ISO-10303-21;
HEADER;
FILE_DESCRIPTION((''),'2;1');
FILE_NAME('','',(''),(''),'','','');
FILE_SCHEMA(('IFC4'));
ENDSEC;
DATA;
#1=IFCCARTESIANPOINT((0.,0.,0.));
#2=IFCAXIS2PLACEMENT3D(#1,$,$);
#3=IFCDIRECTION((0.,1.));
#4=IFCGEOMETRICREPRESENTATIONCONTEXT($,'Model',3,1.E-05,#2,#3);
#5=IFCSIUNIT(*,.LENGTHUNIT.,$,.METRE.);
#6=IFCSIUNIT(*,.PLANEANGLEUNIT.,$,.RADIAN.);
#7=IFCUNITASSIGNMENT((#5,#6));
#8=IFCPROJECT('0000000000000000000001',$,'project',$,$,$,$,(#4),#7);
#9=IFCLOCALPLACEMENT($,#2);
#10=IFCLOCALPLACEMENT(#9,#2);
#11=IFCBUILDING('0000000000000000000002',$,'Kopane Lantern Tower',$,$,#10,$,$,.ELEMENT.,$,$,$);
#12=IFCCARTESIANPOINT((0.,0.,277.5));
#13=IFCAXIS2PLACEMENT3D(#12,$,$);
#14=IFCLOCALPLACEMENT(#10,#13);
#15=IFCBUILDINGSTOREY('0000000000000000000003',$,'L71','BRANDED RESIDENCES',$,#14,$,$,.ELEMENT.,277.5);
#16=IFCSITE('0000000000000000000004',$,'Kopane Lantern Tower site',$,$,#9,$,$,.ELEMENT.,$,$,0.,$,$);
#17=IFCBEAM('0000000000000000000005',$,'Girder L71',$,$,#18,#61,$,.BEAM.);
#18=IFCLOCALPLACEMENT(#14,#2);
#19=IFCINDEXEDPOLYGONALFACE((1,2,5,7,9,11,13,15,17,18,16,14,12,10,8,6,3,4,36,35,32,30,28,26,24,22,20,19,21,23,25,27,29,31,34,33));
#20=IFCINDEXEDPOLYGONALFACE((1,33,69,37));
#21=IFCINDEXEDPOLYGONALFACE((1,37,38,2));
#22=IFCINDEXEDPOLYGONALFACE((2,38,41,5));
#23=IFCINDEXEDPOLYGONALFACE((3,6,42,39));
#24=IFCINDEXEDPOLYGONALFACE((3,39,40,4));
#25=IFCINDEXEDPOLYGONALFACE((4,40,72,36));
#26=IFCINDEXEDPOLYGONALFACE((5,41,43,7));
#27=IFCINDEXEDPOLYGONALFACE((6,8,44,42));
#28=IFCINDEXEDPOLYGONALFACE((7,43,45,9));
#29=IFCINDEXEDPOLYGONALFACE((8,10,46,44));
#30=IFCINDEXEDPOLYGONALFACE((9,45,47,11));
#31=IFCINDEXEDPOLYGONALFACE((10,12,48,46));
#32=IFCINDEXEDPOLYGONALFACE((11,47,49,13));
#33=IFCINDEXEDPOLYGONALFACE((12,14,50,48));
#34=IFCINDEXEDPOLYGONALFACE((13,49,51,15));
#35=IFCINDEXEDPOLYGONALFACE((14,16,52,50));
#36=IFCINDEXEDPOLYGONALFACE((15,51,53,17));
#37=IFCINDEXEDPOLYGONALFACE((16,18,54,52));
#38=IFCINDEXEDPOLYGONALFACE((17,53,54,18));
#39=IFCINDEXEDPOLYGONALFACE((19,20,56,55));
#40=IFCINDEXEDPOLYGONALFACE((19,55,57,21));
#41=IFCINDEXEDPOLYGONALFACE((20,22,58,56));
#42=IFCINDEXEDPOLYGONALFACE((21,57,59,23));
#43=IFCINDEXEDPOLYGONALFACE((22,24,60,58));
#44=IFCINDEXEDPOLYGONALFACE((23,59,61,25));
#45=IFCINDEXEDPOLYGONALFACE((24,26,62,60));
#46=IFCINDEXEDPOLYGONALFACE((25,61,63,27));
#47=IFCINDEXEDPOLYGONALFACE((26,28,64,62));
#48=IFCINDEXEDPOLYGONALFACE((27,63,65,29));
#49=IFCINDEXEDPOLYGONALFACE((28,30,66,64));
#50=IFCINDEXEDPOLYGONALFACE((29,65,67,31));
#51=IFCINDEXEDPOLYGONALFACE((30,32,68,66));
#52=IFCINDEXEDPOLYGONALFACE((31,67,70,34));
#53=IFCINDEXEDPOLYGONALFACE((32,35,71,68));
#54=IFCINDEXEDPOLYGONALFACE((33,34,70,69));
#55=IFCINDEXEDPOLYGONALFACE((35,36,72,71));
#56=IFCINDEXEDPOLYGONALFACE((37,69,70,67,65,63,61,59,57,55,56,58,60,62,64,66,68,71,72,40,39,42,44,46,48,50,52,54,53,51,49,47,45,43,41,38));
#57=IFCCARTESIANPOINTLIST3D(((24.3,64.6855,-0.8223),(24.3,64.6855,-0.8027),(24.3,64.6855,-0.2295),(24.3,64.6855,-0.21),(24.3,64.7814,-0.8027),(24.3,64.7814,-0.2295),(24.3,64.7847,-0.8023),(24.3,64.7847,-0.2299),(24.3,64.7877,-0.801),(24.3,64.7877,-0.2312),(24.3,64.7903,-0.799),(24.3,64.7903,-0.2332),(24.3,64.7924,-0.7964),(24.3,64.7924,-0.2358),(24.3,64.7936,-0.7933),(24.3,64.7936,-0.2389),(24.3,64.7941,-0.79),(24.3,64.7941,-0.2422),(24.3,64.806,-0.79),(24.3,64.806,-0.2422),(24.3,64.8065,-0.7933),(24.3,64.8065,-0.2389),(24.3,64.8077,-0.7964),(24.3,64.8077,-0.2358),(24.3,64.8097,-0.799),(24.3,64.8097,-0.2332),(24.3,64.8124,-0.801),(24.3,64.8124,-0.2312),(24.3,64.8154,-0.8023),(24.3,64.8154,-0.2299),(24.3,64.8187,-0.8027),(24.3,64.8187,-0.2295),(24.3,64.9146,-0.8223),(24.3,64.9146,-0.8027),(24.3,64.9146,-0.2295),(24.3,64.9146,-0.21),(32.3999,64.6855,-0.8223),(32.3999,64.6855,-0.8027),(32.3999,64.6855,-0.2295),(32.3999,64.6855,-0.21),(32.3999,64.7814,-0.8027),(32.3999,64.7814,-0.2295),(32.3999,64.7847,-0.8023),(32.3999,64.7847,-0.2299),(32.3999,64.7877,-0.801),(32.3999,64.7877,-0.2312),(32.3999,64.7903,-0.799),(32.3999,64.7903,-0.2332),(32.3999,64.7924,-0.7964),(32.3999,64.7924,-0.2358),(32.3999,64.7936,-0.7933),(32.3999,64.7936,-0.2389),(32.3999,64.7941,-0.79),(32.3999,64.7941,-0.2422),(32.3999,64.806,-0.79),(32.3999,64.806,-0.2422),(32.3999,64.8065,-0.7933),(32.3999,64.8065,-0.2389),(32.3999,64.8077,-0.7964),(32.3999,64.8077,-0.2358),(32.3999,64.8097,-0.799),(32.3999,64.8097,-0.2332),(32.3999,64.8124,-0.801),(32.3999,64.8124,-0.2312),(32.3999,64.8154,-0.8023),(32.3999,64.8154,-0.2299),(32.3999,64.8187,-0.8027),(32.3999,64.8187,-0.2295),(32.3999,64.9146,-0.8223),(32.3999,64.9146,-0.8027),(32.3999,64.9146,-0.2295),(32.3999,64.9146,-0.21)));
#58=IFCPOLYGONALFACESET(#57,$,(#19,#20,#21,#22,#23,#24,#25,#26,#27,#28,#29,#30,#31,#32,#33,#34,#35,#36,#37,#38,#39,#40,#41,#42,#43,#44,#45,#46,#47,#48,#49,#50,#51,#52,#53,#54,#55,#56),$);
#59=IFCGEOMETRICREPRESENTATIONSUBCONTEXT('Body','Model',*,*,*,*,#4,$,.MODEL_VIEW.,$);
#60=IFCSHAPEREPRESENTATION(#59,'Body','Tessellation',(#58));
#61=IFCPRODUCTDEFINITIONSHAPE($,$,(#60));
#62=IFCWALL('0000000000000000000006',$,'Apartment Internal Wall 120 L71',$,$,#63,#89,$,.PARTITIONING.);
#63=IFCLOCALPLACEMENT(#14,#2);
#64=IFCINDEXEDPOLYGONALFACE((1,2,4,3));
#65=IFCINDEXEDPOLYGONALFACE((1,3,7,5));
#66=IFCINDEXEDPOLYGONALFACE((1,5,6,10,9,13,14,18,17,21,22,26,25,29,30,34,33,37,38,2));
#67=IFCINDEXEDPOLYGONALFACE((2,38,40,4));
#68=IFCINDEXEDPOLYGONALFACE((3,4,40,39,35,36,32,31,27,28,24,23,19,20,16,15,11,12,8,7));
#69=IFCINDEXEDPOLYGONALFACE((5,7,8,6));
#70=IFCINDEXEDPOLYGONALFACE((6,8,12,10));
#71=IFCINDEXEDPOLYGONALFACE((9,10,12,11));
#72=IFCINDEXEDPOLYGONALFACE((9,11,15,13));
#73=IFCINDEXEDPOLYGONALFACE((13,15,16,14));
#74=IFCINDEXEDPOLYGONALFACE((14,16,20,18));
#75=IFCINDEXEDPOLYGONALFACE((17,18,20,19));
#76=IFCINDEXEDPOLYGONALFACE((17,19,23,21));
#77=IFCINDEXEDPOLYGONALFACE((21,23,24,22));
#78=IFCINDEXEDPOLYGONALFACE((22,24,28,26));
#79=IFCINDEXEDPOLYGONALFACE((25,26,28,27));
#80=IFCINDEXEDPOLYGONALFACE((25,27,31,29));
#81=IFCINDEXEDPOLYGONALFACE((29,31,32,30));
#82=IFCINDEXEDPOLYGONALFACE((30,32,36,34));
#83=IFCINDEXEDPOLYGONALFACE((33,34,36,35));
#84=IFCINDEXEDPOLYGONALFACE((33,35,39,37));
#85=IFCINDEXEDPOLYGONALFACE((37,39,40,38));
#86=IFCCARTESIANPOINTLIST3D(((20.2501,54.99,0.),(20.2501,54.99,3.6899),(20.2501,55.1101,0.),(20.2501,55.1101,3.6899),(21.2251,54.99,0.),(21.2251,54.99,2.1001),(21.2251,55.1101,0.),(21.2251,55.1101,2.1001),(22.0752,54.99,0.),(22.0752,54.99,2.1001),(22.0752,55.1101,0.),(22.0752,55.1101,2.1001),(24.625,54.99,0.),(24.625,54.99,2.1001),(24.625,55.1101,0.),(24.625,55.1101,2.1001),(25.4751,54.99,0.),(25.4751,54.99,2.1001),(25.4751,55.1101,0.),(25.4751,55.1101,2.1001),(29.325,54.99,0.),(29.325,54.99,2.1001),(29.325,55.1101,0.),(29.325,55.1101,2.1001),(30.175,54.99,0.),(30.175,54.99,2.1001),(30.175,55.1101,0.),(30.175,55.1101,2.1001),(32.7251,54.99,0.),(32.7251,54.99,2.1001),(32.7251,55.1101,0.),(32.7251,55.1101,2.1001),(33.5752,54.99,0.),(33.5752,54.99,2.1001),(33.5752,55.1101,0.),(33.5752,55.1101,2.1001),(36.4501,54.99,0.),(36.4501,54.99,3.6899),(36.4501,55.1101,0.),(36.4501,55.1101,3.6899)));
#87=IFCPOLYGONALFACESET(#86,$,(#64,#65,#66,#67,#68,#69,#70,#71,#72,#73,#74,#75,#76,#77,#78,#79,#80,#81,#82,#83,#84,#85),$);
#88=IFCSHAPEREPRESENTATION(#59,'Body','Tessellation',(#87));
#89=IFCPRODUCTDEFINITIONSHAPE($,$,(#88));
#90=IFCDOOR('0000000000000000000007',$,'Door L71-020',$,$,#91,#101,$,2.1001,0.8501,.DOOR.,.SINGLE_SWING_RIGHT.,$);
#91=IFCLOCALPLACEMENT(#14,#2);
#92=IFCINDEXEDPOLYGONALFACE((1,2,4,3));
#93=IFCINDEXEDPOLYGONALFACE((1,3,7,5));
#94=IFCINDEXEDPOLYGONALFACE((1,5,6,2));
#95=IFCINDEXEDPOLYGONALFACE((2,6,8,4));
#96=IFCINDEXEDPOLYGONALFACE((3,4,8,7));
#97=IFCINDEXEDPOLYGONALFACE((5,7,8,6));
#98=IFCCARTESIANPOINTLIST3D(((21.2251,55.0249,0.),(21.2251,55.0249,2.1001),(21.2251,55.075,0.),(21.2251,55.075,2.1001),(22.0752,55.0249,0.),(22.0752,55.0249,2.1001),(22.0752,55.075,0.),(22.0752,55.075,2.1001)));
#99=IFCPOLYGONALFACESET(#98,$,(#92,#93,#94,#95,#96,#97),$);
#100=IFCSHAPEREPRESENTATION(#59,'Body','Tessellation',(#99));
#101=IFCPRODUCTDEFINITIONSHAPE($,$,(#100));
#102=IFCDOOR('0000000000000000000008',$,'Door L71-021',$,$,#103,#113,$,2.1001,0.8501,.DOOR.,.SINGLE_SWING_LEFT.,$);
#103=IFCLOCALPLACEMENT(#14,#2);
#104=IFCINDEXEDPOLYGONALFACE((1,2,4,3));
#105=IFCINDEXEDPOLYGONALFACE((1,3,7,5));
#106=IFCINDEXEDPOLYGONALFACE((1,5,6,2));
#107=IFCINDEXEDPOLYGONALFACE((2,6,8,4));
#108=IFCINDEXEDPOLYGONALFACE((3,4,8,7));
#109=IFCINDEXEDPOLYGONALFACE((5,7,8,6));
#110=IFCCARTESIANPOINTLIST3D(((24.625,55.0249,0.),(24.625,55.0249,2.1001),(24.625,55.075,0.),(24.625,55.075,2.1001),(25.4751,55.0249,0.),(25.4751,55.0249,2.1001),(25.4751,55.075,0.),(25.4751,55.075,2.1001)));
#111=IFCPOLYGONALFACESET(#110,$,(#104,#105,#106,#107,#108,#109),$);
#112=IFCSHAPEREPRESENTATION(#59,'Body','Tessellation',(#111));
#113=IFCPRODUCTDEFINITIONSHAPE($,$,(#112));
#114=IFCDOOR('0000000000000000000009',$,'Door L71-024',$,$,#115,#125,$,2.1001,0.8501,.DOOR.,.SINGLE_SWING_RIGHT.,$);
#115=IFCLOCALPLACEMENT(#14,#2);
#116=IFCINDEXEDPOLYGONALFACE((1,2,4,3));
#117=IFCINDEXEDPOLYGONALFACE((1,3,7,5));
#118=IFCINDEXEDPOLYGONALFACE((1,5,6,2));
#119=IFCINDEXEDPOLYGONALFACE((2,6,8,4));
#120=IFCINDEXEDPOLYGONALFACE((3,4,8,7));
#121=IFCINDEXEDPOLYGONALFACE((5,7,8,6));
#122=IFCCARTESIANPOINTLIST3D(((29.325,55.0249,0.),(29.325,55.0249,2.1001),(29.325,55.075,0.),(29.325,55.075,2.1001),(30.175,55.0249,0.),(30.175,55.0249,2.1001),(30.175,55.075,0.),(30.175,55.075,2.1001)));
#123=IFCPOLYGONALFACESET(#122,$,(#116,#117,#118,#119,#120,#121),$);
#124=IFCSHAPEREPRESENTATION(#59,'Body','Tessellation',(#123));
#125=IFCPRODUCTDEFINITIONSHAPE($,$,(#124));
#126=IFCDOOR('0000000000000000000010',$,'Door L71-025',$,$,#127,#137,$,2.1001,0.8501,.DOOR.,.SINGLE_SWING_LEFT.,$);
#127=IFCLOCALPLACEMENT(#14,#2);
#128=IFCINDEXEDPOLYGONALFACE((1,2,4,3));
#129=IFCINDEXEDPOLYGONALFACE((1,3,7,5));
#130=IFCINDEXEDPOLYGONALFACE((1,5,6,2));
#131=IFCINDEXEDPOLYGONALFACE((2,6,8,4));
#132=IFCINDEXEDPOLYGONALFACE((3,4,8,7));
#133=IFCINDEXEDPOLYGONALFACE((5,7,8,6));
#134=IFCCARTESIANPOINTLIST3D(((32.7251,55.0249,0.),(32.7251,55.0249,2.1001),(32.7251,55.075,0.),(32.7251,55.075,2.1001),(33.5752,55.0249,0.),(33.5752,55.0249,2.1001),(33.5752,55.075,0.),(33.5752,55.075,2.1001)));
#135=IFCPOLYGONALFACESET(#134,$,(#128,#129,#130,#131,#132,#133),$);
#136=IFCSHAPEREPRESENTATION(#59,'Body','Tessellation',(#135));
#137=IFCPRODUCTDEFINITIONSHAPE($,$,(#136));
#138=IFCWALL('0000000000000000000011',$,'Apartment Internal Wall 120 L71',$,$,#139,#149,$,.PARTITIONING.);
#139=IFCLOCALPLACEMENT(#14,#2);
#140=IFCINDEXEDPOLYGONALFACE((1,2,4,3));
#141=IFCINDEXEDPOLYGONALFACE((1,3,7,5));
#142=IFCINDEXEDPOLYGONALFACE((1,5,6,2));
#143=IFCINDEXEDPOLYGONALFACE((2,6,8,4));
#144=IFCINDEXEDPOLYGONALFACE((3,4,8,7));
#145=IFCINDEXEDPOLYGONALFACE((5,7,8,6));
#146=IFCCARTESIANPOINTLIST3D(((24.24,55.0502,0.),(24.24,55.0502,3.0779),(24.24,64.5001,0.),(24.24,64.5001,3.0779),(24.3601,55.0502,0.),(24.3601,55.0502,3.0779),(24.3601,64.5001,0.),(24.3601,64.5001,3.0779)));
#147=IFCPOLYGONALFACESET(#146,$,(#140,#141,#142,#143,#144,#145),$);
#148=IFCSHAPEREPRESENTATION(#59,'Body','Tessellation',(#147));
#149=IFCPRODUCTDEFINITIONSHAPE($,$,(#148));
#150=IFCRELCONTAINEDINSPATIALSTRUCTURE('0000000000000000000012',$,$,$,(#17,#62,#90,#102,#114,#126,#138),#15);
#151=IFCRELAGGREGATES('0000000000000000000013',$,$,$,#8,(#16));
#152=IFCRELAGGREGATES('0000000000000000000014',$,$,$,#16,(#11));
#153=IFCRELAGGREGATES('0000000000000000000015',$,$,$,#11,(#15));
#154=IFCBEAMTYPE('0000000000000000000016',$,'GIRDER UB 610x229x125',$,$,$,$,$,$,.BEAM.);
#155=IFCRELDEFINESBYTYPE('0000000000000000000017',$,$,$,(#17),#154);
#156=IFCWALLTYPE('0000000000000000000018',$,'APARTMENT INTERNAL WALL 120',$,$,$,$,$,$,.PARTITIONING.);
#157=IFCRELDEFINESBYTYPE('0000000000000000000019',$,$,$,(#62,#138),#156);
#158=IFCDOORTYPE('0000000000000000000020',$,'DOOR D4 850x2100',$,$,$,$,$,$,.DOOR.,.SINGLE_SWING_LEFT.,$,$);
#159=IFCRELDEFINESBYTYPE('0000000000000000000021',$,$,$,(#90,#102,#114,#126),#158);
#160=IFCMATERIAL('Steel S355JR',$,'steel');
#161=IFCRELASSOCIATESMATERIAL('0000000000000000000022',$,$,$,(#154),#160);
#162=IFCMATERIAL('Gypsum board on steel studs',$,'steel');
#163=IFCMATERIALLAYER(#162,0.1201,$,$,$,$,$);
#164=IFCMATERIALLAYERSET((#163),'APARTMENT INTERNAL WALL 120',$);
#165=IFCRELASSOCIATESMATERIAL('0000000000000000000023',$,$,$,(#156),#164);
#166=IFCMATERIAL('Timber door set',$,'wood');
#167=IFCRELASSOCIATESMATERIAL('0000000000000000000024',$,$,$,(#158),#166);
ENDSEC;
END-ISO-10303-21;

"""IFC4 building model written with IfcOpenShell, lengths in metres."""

from ifc_helpers import new_model, si_unit, direction, frame, frame_2d, origin, origin_2d, place, context, subcontext, project, spatial, rectangle, i_section, extrude, material, layer, layer_set, material_profile, profile_set, type_object, element, fill, save


model = new_model("IFC4")

# Units and contexts
model_context = context("Model", 3, precision=1e-05, world=origin(), true_north=direction((0.0, 1.0)))
body_context = subcontext(model_context, "Body", "Model", "MODEL_VIEW")
ifc_project = project(units=[si_unit("LENGTHUNIT", "METRE"), si_unit("PLANEANGLEUNIT", "RADIAN")], contexts=[model_context])

# Site, building, storey
site_placement = place(None, origin())
site = spatial("IfcSite", under=ifc_project, at=site_placement, Name="Kopane Lantern Tower site", CompositionType="ELEMENT", RefElevation=0.0)
building_placement = place(site_placement, origin())
building = spatial("IfcBuilding", under=site, at=building_placement, Name="Kopane Lantern Tower", CompositionType="ELEMENT")
storey_placement = place(building_placement, frame((0.0, 0.0, 277.5)))
storey = spatial("IfcBuildingStorey", under=building, at=storey_placement, Name="L71", Description="BRANDED RESIDENCES", CompositionType="ELEMENT", Elevation=277.5)

# Beam
ifc_material_1 = material(Name="Steel S355JR", Category="steel")
ifc_material_profile_1 = material_profile(ifc_material_1, i_section(OverallWidth=0.229, OverallDepth=0.6123, WebThickness=0.012, FlangeThickness=0.0195, FilletRadius=0.0127, at=origin_2d()), Name="UB 610x229x125")
ifc_profile_set_1 = profile_set([ifc_material_profile_1], Name="Steel S355JR")
beam_type = type_object("IfcBeamType", Name="GIRDER UB 610x229x125", PredefinedType="BEAM", material=ifc_profile_set_1)
for number, where, z_axis, x_axis, name in (
    (1, (24.3, 64.8, -0.5161), (1.0, 0.0, 0.0), (0.0, 1.0, 0.0), "Girder L71"),
):
    element("IfcBeam", number, at=place(storey_placement, frame(where, z_axis=z_axis, x_axis=x_axis)), inside=storey, type_object=beam_type, Name=name, PredefinedType="BEAM", context=body_context, shape_type="SweptSolid", body=[
        extrude(i_section(OverallWidth=0.229, OverallDepth=0.6123, WebThickness=0.012, FlangeThickness=0.0195, FilletRadius=0.0127, at=origin_2d()), origin(), (0.0, 0.0, 1.0), 8.0999),
    ])

# Wall, openings, doors
ifc_material_2 = material(Name="Gypsum board on steel studs", Category="steel")
ifc_layer_1 = layer(ifc_material_2, 0.1201)
ifc_layer_set_1 = layer_set([ifc_layer_1], Name="APARTMENT INTERNAL WALL 120")
wall_type_1 = type_object("IfcWallType", Name="APARTMENT INTERNAL WALL 120", PredefinedType="PARTITIONING", material=ifc_layer_set_1)
wall_1_placement = place(storey_placement, frame((20.25, 55.05, 0.0), z_axis=(0.0, 0.0, 1.0), x_axis=(1.0, 0.0, 0.0)))
wall_1 = element("IfcWall", 2, at=wall_1_placement, inside=storey, type_object=wall_type_1, Name="Apartment Internal Wall 120 L71", PredefinedType="PARTITIONING", context=body_context, shape_type="SweptSolid", body=[
    extrude(rectangle(XDim=16.2, YDim=0.1201, at=frame_2d((8.1001, 0.0))), origin(), (0.0, 0.0, 1.0), 3.6899),
])
opening_1_placement = place(wall_1_placement, frame((0.9751, 0.0, 0.0)))
opening_1 = element("IfcOpeningElement", 3, at=opening_1_placement, cuts=wall_1, PredefinedType="OPENING", context=body_context, shape_type="SweptSolid", body=[
    extrude(rectangle(XDim=0.8501, YDim=2.1001, at=frame_2d((0.425, 1.05))), frame((0.0, 0.0701, 0.0), z_axis=(0.0, -1.0, 0.0), x_axis=(1.0, 0.0, 0.0)), (0.0, 0.0, 1.0), 0.1401),
])
opening_2_placement = place(wall_1_placement, frame((4.375, 0.0, 0.0)))
opening_2 = element("IfcOpeningElement", 4, at=opening_2_placement, cuts=wall_1, PredefinedType="OPENING", context=body_context, shape_type="SweptSolid", body=[
    extrude(rectangle(XDim=0.8501, YDim=2.1001, at=frame_2d((0.425, 1.05))), frame((0.0, 0.0701, 0.0), z_axis=(0.0, -1.0, 0.0), x_axis=(1.0, 0.0, 0.0)), (0.0, 0.0, 1.0), 0.1401),
])
opening_3_placement = place(wall_1_placement, frame((9.075, 0.0, 0.0)))
opening_3 = element("IfcOpeningElement", 5, at=opening_3_placement, cuts=wall_1, PredefinedType="OPENING", context=body_context, shape_type="SweptSolid", body=[
    extrude(rectangle(XDim=0.8501, YDim=2.1001, at=frame_2d((0.425, 1.05))), frame((0.0, 0.0701, 0.0), z_axis=(0.0, -1.0, 0.0), x_axis=(1.0, 0.0, 0.0)), (0.0, 0.0, 1.0), 0.1401),
])
opening_4_placement = place(wall_1_placement, frame((12.4751, 0.0, 0.0)))
opening_4 = element("IfcOpeningElement", 6, at=opening_4_placement, cuts=wall_1, PredefinedType="OPENING", context=body_context, shape_type="SweptSolid", body=[
    extrude(rectangle(XDim=0.8501, YDim=2.1001, at=frame_2d((0.425, 1.05))), frame((0.0, 0.0701, 0.0), z_axis=(0.0, -1.0, 0.0), x_axis=(1.0, 0.0, 0.0)), (0.0, 0.0, 1.0), 0.1401),
])
ifc_material_3 = material(Name="Timber door set", Category="wood")
door_type_1 = type_object("IfcDoorType", Name="DOOR D4 850x2100", OperationType="SINGLE_SWING_LEFT", PredefinedType="DOOR", material=ifc_material_3)
door_1_placement = place(opening_1_placement, origin())
door_1 = element("IfcDoor", 7, at=door_1_placement, inside=storey, type_object=door_type_1, Name="Door L71-020", OperationType="SINGLE_SWING_RIGHT", OverallHeight=2.1001, OverallWidth=0.8501, PredefinedType="DOOR", context=body_context, shape_type="SweptSolid", body=[
    extrude(rectangle(XDim=0.8501, YDim=2.1001, at=frame_2d((0.425, 1.05))), frame((0.0, 0.0249, 0.0), z_axis=(0.0, -1.0, 0.0), x_axis=(1.0, 0.0, 0.0)), (0.0, 0.0, 1.0), 0.05),
])
fill(opening_1, door_1)
door_2_placement = place(opening_2_placement, origin())
door_2 = element("IfcDoor", 8, at=door_2_placement, inside=storey, type_object=door_type_1, Name="Door L71-021", OperationType="SINGLE_SWING_LEFT", OverallHeight=2.1001, OverallWidth=0.8501, PredefinedType="DOOR", context=body_context, shape_type="SweptSolid", body=[
    extrude(rectangle(XDim=0.8501, YDim=2.1001, at=frame_2d((0.425, 1.05))), frame((0.0, 0.0249, 0.0), z_axis=(0.0, -1.0, 0.0), x_axis=(1.0, 0.0, 0.0)), (0.0, 0.0, 1.0), 0.05),
])
fill(opening_2, door_2)
door_3_placement = place(opening_3_placement, origin())
door_3 = element("IfcDoor", 9, at=door_3_placement, inside=storey, type_object=door_type_1, Name="Door L71-024", OperationType="SINGLE_SWING_RIGHT", OverallHeight=2.1001, OverallWidth=0.8501, PredefinedType="DOOR", context=body_context, shape_type="SweptSolid", body=[
    extrude(rectangle(XDim=0.8501, YDim=2.1001, at=frame_2d((0.425, 1.05))), frame((0.0, 0.0249, 0.0), z_axis=(0.0, -1.0, 0.0), x_axis=(1.0, 0.0, 0.0)), (0.0, 0.0, 1.0), 0.05),
])
fill(opening_3, door_3)
door_4_placement = place(opening_4_placement, origin())
door_4 = element("IfcDoor", 10, at=door_4_placement, inside=storey, type_object=door_type_1, Name="Door L71-025", OperationType="SINGLE_SWING_LEFT", OverallHeight=2.1001, OverallWidth=0.8501, PredefinedType="DOOR", context=body_context, shape_type="SweptSolid", body=[
    extrude(rectangle(XDim=0.8501, YDim=2.1001, at=frame_2d((0.425, 1.05))), frame((0.0, 0.0249, 0.0), z_axis=(0.0, -1.0, 0.0), x_axis=(1.0, 0.0, 0.0)), (0.0, 0.0, 1.0), 0.05),
])
fill(opening_4, door_4)

# Wall
wall_2_placement = place(storey_placement, frame((24.3, 55.05, 0.0), z_axis=(0.0, 0.0, 1.0), x_axis=(0.0, 1.0, 0.0)))
element("IfcWall", 11, at=wall_2_placement, inside=storey, type_object=wall_type_1, Name="Apartment Internal Wall 120 L71", PredefinedType="PARTITIONING", context=body_context, shape_type="SweptSolid", body=[
    extrude(rectangle(XDim=9.45, YDim=0.1201, at=frame_2d((4.7251, 0.0))), origin(), (0.0, 0.0, 1.0), 3.0779),
])

save(model, "model.ifc")
